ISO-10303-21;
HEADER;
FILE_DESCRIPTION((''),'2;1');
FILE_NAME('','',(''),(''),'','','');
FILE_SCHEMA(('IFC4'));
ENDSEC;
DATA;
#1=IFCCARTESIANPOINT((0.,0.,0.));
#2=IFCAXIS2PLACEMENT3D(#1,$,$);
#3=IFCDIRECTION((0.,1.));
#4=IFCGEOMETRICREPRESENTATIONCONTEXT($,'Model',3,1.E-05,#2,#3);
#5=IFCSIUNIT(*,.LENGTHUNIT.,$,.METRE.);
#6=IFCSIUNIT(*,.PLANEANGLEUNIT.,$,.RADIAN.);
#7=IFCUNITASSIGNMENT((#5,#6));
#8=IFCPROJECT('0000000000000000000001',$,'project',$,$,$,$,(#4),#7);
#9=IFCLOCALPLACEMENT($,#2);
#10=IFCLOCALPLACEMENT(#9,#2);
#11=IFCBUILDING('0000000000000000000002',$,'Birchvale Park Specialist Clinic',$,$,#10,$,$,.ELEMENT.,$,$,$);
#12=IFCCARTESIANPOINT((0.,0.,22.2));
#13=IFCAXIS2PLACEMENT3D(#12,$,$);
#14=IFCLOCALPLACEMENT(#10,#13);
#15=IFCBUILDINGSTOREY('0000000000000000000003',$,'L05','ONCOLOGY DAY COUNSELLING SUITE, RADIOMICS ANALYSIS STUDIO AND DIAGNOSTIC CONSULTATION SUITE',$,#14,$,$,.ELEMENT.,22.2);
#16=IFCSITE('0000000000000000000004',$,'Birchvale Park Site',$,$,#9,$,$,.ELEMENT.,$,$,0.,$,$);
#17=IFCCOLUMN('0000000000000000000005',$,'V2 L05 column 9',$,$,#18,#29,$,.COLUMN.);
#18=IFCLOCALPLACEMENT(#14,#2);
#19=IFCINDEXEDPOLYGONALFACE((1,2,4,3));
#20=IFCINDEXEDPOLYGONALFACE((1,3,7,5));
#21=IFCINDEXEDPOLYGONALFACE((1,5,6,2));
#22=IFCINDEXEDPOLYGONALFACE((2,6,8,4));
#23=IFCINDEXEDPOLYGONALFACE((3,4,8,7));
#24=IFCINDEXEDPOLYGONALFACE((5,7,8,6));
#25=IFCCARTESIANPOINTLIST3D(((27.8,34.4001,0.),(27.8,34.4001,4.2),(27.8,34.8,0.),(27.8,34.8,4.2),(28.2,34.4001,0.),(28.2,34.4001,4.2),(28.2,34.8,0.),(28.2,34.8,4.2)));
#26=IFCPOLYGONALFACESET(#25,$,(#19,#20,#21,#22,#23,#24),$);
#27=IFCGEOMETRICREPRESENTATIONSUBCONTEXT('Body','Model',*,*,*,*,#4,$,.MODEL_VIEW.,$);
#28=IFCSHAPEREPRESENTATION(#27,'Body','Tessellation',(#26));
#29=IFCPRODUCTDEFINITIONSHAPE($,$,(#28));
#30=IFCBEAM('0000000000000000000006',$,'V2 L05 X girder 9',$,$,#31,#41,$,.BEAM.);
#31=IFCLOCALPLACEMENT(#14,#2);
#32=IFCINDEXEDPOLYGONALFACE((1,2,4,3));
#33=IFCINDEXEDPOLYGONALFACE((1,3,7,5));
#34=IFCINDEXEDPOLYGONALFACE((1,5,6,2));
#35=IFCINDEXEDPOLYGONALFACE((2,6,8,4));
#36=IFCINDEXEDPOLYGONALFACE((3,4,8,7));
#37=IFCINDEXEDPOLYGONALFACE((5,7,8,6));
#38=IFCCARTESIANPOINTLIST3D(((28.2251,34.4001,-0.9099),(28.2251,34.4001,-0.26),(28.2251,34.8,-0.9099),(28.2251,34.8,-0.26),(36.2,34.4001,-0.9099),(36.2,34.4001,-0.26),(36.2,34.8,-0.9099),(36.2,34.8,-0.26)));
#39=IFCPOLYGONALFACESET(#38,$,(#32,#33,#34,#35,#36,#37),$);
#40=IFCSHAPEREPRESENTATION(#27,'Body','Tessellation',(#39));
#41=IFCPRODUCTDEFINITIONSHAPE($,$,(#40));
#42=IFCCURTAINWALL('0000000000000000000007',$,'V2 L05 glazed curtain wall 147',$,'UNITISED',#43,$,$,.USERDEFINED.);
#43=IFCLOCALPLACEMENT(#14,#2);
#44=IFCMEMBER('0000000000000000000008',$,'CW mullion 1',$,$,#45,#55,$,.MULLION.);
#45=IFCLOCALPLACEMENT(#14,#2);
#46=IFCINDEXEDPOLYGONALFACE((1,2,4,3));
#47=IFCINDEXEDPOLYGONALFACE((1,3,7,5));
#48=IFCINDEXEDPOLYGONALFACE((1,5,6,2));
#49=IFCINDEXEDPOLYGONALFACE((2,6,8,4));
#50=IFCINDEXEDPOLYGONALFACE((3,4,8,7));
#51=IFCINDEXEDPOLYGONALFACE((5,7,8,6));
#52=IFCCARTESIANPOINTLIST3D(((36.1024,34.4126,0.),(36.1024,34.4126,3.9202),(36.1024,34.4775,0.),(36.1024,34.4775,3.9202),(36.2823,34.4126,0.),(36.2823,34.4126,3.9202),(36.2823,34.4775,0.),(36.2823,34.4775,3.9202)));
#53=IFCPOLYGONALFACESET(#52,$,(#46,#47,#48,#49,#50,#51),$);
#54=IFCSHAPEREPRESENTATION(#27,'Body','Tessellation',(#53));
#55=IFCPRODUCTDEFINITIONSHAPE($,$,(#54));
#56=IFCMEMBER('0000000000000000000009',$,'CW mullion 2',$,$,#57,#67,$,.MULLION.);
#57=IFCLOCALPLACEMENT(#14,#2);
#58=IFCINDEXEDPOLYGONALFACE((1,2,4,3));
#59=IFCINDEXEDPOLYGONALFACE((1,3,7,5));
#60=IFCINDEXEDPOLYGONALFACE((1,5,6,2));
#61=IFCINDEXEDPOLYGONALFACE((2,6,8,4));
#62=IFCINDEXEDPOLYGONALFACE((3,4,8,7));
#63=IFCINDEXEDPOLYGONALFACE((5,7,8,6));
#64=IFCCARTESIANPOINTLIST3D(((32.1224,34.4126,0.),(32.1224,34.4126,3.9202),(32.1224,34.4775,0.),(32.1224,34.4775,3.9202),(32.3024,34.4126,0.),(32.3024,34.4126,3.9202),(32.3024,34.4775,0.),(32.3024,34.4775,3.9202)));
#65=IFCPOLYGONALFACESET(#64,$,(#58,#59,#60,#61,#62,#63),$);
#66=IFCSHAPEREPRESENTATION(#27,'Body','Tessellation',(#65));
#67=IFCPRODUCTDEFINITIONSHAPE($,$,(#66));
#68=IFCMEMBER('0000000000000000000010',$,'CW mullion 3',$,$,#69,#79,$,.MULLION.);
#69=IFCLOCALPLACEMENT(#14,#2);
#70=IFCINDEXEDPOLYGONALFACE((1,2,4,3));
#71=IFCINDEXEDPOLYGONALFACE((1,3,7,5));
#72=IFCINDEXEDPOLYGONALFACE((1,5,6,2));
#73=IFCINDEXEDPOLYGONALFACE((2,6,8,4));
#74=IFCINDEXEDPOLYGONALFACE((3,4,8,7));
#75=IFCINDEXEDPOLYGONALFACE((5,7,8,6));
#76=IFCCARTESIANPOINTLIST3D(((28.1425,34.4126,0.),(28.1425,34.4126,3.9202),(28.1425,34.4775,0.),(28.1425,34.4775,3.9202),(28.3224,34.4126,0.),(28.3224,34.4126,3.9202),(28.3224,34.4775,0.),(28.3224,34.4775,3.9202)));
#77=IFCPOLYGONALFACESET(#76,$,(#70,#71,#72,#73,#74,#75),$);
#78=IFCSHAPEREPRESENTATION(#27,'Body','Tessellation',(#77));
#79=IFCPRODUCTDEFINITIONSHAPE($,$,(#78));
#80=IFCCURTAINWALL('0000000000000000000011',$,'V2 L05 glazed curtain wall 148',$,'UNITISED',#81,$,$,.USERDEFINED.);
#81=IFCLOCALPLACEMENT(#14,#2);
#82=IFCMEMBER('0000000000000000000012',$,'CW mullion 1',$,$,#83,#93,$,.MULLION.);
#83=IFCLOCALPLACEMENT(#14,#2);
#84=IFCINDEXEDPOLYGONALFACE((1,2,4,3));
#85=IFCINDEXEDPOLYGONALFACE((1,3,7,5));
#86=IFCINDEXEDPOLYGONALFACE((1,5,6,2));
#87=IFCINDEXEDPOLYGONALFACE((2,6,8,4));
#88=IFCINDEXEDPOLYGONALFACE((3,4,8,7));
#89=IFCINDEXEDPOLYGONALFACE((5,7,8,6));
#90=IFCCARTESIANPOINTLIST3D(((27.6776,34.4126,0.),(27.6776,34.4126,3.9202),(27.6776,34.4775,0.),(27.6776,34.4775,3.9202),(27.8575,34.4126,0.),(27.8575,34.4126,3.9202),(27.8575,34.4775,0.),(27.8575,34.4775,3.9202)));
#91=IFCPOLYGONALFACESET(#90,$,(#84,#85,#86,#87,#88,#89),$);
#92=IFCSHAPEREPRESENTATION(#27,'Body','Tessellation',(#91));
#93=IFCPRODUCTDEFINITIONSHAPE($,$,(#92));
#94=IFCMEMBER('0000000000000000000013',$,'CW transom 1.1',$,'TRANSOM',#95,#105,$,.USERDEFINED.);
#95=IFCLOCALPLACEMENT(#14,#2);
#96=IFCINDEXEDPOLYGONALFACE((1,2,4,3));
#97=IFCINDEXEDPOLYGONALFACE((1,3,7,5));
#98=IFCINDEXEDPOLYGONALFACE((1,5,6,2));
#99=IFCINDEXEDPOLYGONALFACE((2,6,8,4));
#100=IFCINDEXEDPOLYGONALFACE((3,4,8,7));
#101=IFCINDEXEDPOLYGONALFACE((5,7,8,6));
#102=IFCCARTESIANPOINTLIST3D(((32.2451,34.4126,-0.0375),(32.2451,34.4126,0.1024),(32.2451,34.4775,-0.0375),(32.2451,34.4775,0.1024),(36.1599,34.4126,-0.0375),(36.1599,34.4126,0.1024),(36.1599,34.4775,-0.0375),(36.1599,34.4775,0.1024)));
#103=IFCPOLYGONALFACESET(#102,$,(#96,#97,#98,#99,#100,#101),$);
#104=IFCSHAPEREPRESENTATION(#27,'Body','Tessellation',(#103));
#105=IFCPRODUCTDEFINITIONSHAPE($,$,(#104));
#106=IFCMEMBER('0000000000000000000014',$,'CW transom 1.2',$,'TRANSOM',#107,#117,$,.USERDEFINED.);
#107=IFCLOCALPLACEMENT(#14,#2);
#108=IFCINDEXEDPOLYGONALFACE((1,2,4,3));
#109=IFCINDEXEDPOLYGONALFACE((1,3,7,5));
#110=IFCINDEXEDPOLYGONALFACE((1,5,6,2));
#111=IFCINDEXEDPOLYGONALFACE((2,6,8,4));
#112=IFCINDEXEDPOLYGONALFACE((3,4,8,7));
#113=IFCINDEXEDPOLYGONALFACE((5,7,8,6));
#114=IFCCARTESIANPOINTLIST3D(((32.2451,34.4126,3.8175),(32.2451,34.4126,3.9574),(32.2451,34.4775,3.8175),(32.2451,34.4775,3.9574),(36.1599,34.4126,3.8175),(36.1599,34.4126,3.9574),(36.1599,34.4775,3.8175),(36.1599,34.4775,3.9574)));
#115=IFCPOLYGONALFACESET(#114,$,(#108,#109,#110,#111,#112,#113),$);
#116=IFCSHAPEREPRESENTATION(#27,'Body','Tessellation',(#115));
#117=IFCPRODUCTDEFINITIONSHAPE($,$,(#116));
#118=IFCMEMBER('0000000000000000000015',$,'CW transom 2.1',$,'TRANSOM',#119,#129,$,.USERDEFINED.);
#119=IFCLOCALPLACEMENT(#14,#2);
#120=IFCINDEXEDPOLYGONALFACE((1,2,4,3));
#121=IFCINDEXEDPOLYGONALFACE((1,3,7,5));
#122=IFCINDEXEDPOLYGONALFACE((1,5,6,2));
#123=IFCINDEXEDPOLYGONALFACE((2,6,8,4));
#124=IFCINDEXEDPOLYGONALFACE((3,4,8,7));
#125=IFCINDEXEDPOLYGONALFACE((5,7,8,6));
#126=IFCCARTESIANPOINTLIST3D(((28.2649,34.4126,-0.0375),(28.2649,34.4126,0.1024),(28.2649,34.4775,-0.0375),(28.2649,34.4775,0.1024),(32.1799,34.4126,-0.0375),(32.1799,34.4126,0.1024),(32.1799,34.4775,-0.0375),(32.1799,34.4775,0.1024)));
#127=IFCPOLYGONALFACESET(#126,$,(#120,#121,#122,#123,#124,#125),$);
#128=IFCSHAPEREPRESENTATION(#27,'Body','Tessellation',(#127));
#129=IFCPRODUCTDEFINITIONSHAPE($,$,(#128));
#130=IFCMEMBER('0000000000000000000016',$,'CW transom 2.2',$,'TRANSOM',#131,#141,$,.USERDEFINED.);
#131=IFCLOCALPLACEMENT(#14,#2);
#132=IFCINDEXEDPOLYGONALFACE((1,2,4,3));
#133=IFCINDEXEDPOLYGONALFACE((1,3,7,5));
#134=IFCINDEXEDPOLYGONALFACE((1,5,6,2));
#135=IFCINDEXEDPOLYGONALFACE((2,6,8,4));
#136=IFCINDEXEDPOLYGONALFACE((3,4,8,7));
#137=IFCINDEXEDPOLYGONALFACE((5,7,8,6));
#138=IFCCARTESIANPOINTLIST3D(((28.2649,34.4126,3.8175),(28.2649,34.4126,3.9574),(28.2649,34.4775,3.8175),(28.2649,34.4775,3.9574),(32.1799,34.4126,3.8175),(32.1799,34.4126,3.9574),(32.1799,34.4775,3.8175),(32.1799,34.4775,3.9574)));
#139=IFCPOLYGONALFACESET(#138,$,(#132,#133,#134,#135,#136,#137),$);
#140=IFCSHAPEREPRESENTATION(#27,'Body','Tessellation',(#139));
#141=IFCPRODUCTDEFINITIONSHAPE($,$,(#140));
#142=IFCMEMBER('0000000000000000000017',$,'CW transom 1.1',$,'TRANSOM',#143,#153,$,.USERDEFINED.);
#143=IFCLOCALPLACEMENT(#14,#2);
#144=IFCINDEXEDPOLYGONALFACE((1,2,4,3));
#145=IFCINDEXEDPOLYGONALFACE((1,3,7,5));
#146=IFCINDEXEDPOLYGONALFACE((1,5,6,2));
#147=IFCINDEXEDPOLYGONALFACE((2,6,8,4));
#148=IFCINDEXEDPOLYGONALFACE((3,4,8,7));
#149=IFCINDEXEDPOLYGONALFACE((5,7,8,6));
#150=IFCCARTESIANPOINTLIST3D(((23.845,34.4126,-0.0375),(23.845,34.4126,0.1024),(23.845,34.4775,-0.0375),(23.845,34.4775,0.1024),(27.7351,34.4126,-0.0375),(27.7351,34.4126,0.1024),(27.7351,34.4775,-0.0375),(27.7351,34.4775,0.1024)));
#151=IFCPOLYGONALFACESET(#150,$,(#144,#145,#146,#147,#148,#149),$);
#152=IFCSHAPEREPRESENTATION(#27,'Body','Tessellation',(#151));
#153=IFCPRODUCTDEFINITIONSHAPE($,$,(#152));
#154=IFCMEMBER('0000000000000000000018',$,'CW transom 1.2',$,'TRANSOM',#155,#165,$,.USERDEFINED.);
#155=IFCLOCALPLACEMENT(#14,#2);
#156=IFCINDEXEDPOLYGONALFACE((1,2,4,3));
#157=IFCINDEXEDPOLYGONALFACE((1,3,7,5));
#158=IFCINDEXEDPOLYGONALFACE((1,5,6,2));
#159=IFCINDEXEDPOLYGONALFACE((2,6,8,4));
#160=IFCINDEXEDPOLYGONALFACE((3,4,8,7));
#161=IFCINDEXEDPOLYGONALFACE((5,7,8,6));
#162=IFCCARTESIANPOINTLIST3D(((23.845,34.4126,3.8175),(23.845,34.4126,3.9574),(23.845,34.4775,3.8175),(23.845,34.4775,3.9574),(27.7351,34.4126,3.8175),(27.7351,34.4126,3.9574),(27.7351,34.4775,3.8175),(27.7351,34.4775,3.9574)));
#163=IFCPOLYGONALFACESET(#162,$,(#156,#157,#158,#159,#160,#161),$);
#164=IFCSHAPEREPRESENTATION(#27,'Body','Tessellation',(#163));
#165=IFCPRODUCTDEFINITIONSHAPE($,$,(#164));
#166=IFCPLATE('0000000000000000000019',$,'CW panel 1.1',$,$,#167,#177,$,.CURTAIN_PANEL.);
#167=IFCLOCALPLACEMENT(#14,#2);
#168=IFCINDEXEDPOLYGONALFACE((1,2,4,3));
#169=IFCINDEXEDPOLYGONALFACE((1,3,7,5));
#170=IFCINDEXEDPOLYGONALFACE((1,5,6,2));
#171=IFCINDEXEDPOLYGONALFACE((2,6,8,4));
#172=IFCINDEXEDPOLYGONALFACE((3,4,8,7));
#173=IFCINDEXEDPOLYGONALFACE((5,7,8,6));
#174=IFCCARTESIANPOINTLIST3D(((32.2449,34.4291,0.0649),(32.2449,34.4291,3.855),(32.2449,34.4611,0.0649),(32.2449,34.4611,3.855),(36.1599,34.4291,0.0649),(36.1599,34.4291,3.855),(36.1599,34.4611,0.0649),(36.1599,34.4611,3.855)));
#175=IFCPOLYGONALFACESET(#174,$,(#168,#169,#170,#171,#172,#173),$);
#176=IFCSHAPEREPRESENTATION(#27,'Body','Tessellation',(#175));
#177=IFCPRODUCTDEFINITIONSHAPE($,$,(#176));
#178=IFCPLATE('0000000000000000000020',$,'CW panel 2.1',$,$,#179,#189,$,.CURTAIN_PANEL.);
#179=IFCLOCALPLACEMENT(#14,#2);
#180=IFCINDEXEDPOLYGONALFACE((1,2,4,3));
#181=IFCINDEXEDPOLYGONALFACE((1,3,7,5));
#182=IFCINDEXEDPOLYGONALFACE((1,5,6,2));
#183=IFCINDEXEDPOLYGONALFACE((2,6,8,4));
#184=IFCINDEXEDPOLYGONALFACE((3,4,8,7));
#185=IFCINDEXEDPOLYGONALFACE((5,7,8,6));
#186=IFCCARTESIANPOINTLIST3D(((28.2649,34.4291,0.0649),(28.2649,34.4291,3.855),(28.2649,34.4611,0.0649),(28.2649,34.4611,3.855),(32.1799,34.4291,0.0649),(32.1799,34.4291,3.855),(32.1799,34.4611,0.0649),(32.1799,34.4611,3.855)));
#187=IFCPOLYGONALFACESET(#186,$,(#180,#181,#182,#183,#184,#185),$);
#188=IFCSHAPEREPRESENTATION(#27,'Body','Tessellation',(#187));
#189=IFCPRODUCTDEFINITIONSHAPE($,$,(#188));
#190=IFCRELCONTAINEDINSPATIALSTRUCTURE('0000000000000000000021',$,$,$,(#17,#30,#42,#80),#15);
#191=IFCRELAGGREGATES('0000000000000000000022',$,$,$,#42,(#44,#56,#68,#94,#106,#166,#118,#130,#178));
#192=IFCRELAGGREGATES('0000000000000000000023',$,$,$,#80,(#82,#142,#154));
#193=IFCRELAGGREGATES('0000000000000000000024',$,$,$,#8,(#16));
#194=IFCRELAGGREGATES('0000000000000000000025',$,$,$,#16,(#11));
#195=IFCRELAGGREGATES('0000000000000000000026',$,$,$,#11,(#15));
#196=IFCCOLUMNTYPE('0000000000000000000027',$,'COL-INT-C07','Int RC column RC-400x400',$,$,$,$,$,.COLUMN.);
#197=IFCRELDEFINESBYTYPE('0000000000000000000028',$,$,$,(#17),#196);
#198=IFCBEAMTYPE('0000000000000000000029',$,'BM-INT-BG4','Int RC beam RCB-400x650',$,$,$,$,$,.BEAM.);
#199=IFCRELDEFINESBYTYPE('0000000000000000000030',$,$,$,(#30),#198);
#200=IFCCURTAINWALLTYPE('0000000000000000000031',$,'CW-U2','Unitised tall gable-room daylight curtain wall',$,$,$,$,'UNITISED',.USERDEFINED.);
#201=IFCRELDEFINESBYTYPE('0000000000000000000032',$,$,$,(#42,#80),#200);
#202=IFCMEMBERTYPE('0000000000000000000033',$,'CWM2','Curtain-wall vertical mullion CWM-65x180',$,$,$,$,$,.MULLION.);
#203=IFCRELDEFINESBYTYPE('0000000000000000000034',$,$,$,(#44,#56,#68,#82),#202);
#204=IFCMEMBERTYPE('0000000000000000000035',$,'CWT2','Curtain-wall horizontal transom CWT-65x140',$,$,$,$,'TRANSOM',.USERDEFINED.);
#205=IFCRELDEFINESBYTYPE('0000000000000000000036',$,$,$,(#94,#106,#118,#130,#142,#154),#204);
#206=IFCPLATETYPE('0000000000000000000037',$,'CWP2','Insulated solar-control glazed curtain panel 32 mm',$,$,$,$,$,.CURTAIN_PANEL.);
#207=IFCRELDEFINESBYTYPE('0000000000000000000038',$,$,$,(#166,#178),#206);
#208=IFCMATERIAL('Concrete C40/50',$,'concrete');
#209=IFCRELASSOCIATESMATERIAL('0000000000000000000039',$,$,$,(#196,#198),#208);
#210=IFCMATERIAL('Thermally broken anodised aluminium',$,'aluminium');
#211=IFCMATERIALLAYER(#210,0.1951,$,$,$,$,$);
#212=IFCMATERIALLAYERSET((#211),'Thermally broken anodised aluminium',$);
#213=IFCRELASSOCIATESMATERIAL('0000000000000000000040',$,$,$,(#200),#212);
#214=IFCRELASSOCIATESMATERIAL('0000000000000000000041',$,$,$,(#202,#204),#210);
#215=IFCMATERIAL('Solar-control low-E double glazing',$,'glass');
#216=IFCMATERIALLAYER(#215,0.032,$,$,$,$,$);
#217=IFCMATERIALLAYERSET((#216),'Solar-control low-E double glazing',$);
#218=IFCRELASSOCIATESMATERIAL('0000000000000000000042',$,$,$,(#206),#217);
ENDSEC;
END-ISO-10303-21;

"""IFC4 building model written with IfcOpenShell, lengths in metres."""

from ifc_helpers import new_model, si_unit, direction, frame, origin, origin_2d, place, context, subcontext, project, spatial, rectangle, extrude, material, layer, layer_set, material_profile, profile_set, type_object, element, aggregate, save


model = new_model("IFC4")

# Units and contexts
model_context = context("Model", 3, precision=1e-05, world=origin(), true_north=direction((0.0, 1.0)))
body_context = subcontext(model_context, "Body", "Model", "MODEL_VIEW")
ifc_project = project(units=[si_unit("LENGTHUNIT", "METRE"), si_unit("PLANEANGLEUNIT", "RADIAN")], contexts=[model_context])

# Site, building, storey
site_placement = place(None, origin())
site = spatial("IfcSite", under=ifc_project, at=site_placement, Name="Birchvale Park Site", CompositionType="ELEMENT", RefElevation=0.0)
building_placement = place(site_placement, origin())
building = spatial("IfcBuilding", under=site, at=building_placement, Name="Birchvale Park Specialist Clinic", CompositionType="ELEMENT")
storey_placement = place(building_placement, frame((0.0, 0.0, 22.2)))
storey = spatial("IfcBuildingStorey", under=building, at=storey_placement, Name="L05", Description="ONCOLOGY DAY COUNSELLING SUITE, RADIOMICS ANALYSIS STUDIO AND DIAGNOSTIC CONSULTATION SUITE", CompositionType="ELEMENT", Elevation=22.2)

# Column
ifc_material_1 = material(Name="Concrete C40/50", Category="concrete")
ifc_material_profile_1 = material_profile(ifc_material_1, rectangle(XDim=0.3999, YDim=0.3999, at=origin_2d()), Name="RC-400x400")
ifc_profile_set_1 = profile_set([ifc_material_profile_1], Name="Concrete C40/50")
column_type = type_object("IfcColumnType", Name="COL-INT-C07", Description="Int RC column RC-400x400", PredefinedType="COLUMN", material=ifc_profile_set_1)
column_placement = place(storey_placement, frame((28.0, 34.6001, 0.0), z_axis=(0.0, 0.0, 1.0), x_axis=(1.0, 0.0, 0.0)))
element("IfcColumn", 1, at=column_placement, inside=storey, type_object=column_type, Name="V2 L05 column 9", PredefinedType="COLUMN", context=body_context, shape_type="SweptSolid", body=[
    extrude(rectangle(XDim=0.3999, YDim=0.3999, at=origin_2d()), origin(), (0.0, 0.0, 1.0), 4.2),
])

# Beam
ifc_material_profile_2 = material_profile(ifc_material_1, rectangle(XDim=0.3999, YDim=0.6499, at=origin_2d()), Name="RCB-400x650")
ifc_profile_set_2 = profile_set([ifc_material_profile_2], Name="Concrete C40/50")
beam_type = type_object("IfcBeamType", Name="BM-INT-BG4", Description="Int RC beam RCB-400x650", PredefinedType="BEAM", material=ifc_profile_set_2)
beam_placement = place(storey_placement, frame((28.2251, 34.6001, -0.585), z_axis=(1.0, 0.0, 0.0), x_axis=(0.0, 1.0, 0.0)))
element("IfcBeam", 2, at=beam_placement, inside=storey, type_object=beam_type, Name="V2 L05 X girder 9", PredefinedType="BEAM", context=body_context, shape_type="SweptSolid", body=[
    extrude(rectangle(XDim=0.3999, YDim=0.6499, at=origin_2d()), origin(), (0.0, 0.0, 1.0), 7.9749),
])

# Curtain wall, members
ifc_material_2 = material(Name="Thermally broken anodised aluminium", Category="aluminium")
ifc_layer_1 = layer(ifc_material_2, 0.1951)
ifc_layer_set_1 = layer_set([ifc_layer_1], Name="Thermally broken anodised aluminium")
curtain_wall_type = type_object("IfcCurtainWallType", Name="CW-U2", Description="Unitised tall gable-room daylight curtain wall", ElementType="UNITISED", PredefinedType="USERDEFINED", material=ifc_layer_set_1)
curtain_wall_1_placement = place(storey_placement, origin())
curtain_wall_1 = element("IfcCurtainWall", 3, at=curtain_wall_1_placement, inside=storey, type_object=curtain_wall_type, Name="V2 L05 glazed curtain wall 147", ObjectType="UNITISED", PredefinedType="USERDEFINED")
ifc_material_profile_3 = material_profile(ifc_material_2, rectangle(XDim=0.0649, YDim=0.1799, at=origin_2d()), Name="CWM-65x180")
ifc_profile_set_3 = profile_set([ifc_material_profile_3], Name="Thermally broken anodised aluminium")
member_type_1 = type_object("IfcMemberType", Name="CWM2", Description="Curtain-wall vertical mullion CWM-65x180", PredefinedType="MULLION", material=ifc_profile_set_3)
member_1_placement = place(storey_placement, frame((36.1924, 34.4451, 0.0), z_axis=(0.0, 0.0, 1.0), x_axis=(0.0, -1.0, 0.0)))
member_1 = element("IfcMember", 4, at=member_1_placement, type_object=member_type_1, Name="CW mullion 1", PredefinedType="MULLION", context=body_context, shape_type="SweptSolid", body=[
    extrude(rectangle(XDim=0.0649, YDim=0.1799, at=origin_2d()), origin(), (0.0, 0.0, 1.0), 3.9202),
])
member_2_placement = place(storey_placement, frame((32.2124, 34.4451, 0.0), z_axis=(0.0, 0.0, 1.0), x_axis=(0.0, -1.0, 0.0)))
member_2 = element("IfcMember", 5, at=member_2_placement, type_object=member_type_1, Name="CW mullion 2", PredefinedType="MULLION", context=body_context, shape_type="SweptSolid", body=[
    extrude(rectangle(XDim=0.0649, YDim=0.1799, at=origin_2d()), origin(), (0.0, 0.0, 1.0), 3.9202),
])
member_3_placement = place(storey_placement, frame((28.2324, 34.4451, 0.0), z_axis=(0.0, 0.0, 1.0), x_axis=(0.0, -1.0, 0.0)))
member_3 = element("IfcMember", 6, at=member_3_placement, type_object=member_type_1, Name="CW mullion 3", PredefinedType="MULLION", context=body_context, shape_type="SweptSolid", body=[
    extrude(rectangle(XDim=0.0649, YDim=0.1799, at=origin_2d()), origin(), (0.0, 0.0, 1.0), 3.9202),
])

# Curtain wall, member
curtain_wall_2_placement = place(storey_placement, origin())
curtain_wall_2 = element("IfcCurtainWall", 7, at=curtain_wall_2_placement, inside=storey, type_object=curtain_wall_type, Name="V2 L05 glazed curtain wall 148", ObjectType="UNITISED", PredefinedType="USERDEFINED")
member_4_placement = place(storey_placement, frame((27.7676, 34.4451, 0.0), z_axis=(0.0, 0.0, 1.0), x_axis=(0.0, -1.0, 0.0)))
member_4 = element("IfcMember", 8, at=member_4_placement, type_object=member_type_1, Name="CW mullion 1", PredefinedType="MULLION", context=body_context, shape_type="SweptSolid", body=[
    extrude(rectangle(XDim=0.0649, YDim=0.1799, at=origin_2d()), origin(), (0.0, 0.0, 1.0), 3.9202),
])

# Members
ifc_material_profile_4 = material_profile(ifc_material_2, rectangle(XDim=0.0649, YDim=0.1399, at=origin_2d()), Name="CWT-65x140")
ifc_profile_set_4 = profile_set([ifc_material_profile_4], Name="Thermally broken anodised aluminium")
member_type_2 = type_object("IfcMemberType", Name="CWT2", Description="Curtain-wall horizontal transom CWT-65x140", ElementType="TRANSOM", PredefinedType="USERDEFINED", material=ifc_profile_set_4)
member_5_placement = place(storey_placement, frame((36.1599, 34.4451, 0.0325), z_axis=(-1.0, 0.0, 0.0), x_axis=(0.0, -1.0, 0.0)))
member_5 = element("IfcMember", 9, at=member_5_placement, type_object=member_type_2, Name="CW transom 1.1", ObjectType="TRANSOM", PredefinedType="USERDEFINED", context=body_context, shape_type="SweptSolid", body=[
    extrude(rectangle(XDim=0.0649, YDim=0.1399, at=origin_2d()), origin(), (0.0, 0.0, 1.0), 3.9148),
])
member_6_placement = place(storey_placement, frame((36.1599, 34.4451, 3.8875), z_axis=(-1.0, 0.0, 0.0), x_axis=(0.0, -1.0, 0.0)))
member_6 = element("IfcMember", 10, at=member_6_placement, type_object=member_type_2, Name="CW transom 1.2", ObjectType="TRANSOM", PredefinedType="USERDEFINED", context=body_context, shape_type="SweptSolid", body=[
    extrude(rectangle(XDim=0.0649, YDim=0.1399, at=origin_2d()), origin(), (0.0, 0.0, 1.0), 3.9148),
])
member_7_placement = place(storey_placement, frame((32.1799, 34.4451, 0.0325), z_axis=(-1.0, 0.0, 0.0), x_axis=(0.0, -1.0, 0.0)))
member_7 = element("IfcMember", 11, at=member_7_placement, type_object=member_type_2, Name="CW transom 2.1", ObjectType="TRANSOM", PredefinedType="USERDEFINED", context=body_context, shape_type="SweptSolid", body=[
    extrude(rectangle(XDim=0.0649, YDim=0.1399, at=origin_2d()), origin(), (0.0, 0.0, 1.0), 3.915),
])
member_8_placement = place(storey_placement, frame((32.1799, 34.4451, 3.8875), z_axis=(-1.0, 0.0, 0.0), x_axis=(0.0, -1.0, 0.0)))
member_8 = element("IfcMember", 12, at=member_8_placement, type_object=member_type_2, Name="CW transom 2.2", ObjectType="TRANSOM", PredefinedType="USERDEFINED", context=body_context, shape_type="SweptSolid", body=[
    extrude(rectangle(XDim=0.0649, YDim=0.1399, at=origin_2d()), origin(), (0.0, 0.0, 1.0), 3.915),
])
member_9_placement = place(storey_placement, frame((27.7351, 34.4451, 0.0325), z_axis=(-1.0, 0.0, 0.0), x_axis=(0.0, -1.0, 0.0)))
member_9 = element("IfcMember", 13, at=member_9_placement, type_object=member_type_2, Name="CW transom 1.1", ObjectType="TRANSOM", PredefinedType="USERDEFINED", context=body_context, shape_type="SweptSolid", body=[
    extrude(rectangle(XDim=0.0649, YDim=0.1399, at=origin_2d()), origin(), (0.0, 0.0, 1.0), 3.8901),
])
member_10_placement = place(storey_placement, frame((27.7351, 34.4451, 3.8875), z_axis=(-1.0, 0.0, 0.0), x_axis=(0.0, -1.0, 0.0)))
member_10 = element("IfcMember", 14, at=member_10_placement, type_object=member_type_2, Name="CW transom 1.2", ObjectType="TRANSOM", PredefinedType="USERDEFINED", context=body_context, shape_type="SweptSolid", body=[
    extrude(rectangle(XDim=0.0649, YDim=0.1399, at=origin_2d()), origin(), (0.0, 0.0, 1.0), 3.8901),
])

# Plates
ifc_material_3 = material(Name="Solar-control low-E double glazing", Category="glass")
ifc_layer_2 = layer(ifc_material_3, 0.032)
ifc_layer_set_2 = layer_set([ifc_layer_2], Name="Solar-control low-E double glazing")
plate_type = type_object("IfcPlateType", Name="CWP2", Description="Insulated solar-control glazed curtain panel 32 mm", PredefinedType="CURTAIN_PANEL", material=ifc_layer_set_2)
plate_1_placement = place(storey_placement, frame((34.2024, 34.4451, 0.0649), z_axis=(0.0, 0.0, 1.0), x_axis=(-1.0, 0.0, 0.0)))
plate_1 = element("IfcPlate", 15, at=plate_1_placement, type_object=plate_type, Name="CW panel 1.1", PredefinedType="CURTAIN_PANEL", context=body_context, shape_type="SweptSolid", body=[
    extrude(rectangle(XDim=3.915, YDim=0.032, at=origin_2d()), origin(), (0.0, 0.0, 1.0), 3.79),
])
plate_2_placement = place(storey_placement, frame((30.2224, 34.4451, 0.0649), z_axis=(0.0, 0.0, 1.0), x_axis=(-1.0, 0.0, 0.0)))
plate_2 = element("IfcPlate", 16, at=plate_2_placement, type_object=plate_type, Name="CW panel 2.1", PredefinedType="CURTAIN_PANEL", context=body_context, shape_type="SweptSolid", body=[
    extrude(rectangle(XDim=3.915, YDim=0.032, at=origin_2d()), origin(), (0.0, 0.0, 1.0), 3.79),
])
aggregate(curtain_wall_1, [member_1, member_2, member_3, member_5, member_6, plate_1, member_7, member_8, plate_2])
aggregate(curtain_wall_2, [member_4, member_9, member_10])

save(model, "model.ifc")
